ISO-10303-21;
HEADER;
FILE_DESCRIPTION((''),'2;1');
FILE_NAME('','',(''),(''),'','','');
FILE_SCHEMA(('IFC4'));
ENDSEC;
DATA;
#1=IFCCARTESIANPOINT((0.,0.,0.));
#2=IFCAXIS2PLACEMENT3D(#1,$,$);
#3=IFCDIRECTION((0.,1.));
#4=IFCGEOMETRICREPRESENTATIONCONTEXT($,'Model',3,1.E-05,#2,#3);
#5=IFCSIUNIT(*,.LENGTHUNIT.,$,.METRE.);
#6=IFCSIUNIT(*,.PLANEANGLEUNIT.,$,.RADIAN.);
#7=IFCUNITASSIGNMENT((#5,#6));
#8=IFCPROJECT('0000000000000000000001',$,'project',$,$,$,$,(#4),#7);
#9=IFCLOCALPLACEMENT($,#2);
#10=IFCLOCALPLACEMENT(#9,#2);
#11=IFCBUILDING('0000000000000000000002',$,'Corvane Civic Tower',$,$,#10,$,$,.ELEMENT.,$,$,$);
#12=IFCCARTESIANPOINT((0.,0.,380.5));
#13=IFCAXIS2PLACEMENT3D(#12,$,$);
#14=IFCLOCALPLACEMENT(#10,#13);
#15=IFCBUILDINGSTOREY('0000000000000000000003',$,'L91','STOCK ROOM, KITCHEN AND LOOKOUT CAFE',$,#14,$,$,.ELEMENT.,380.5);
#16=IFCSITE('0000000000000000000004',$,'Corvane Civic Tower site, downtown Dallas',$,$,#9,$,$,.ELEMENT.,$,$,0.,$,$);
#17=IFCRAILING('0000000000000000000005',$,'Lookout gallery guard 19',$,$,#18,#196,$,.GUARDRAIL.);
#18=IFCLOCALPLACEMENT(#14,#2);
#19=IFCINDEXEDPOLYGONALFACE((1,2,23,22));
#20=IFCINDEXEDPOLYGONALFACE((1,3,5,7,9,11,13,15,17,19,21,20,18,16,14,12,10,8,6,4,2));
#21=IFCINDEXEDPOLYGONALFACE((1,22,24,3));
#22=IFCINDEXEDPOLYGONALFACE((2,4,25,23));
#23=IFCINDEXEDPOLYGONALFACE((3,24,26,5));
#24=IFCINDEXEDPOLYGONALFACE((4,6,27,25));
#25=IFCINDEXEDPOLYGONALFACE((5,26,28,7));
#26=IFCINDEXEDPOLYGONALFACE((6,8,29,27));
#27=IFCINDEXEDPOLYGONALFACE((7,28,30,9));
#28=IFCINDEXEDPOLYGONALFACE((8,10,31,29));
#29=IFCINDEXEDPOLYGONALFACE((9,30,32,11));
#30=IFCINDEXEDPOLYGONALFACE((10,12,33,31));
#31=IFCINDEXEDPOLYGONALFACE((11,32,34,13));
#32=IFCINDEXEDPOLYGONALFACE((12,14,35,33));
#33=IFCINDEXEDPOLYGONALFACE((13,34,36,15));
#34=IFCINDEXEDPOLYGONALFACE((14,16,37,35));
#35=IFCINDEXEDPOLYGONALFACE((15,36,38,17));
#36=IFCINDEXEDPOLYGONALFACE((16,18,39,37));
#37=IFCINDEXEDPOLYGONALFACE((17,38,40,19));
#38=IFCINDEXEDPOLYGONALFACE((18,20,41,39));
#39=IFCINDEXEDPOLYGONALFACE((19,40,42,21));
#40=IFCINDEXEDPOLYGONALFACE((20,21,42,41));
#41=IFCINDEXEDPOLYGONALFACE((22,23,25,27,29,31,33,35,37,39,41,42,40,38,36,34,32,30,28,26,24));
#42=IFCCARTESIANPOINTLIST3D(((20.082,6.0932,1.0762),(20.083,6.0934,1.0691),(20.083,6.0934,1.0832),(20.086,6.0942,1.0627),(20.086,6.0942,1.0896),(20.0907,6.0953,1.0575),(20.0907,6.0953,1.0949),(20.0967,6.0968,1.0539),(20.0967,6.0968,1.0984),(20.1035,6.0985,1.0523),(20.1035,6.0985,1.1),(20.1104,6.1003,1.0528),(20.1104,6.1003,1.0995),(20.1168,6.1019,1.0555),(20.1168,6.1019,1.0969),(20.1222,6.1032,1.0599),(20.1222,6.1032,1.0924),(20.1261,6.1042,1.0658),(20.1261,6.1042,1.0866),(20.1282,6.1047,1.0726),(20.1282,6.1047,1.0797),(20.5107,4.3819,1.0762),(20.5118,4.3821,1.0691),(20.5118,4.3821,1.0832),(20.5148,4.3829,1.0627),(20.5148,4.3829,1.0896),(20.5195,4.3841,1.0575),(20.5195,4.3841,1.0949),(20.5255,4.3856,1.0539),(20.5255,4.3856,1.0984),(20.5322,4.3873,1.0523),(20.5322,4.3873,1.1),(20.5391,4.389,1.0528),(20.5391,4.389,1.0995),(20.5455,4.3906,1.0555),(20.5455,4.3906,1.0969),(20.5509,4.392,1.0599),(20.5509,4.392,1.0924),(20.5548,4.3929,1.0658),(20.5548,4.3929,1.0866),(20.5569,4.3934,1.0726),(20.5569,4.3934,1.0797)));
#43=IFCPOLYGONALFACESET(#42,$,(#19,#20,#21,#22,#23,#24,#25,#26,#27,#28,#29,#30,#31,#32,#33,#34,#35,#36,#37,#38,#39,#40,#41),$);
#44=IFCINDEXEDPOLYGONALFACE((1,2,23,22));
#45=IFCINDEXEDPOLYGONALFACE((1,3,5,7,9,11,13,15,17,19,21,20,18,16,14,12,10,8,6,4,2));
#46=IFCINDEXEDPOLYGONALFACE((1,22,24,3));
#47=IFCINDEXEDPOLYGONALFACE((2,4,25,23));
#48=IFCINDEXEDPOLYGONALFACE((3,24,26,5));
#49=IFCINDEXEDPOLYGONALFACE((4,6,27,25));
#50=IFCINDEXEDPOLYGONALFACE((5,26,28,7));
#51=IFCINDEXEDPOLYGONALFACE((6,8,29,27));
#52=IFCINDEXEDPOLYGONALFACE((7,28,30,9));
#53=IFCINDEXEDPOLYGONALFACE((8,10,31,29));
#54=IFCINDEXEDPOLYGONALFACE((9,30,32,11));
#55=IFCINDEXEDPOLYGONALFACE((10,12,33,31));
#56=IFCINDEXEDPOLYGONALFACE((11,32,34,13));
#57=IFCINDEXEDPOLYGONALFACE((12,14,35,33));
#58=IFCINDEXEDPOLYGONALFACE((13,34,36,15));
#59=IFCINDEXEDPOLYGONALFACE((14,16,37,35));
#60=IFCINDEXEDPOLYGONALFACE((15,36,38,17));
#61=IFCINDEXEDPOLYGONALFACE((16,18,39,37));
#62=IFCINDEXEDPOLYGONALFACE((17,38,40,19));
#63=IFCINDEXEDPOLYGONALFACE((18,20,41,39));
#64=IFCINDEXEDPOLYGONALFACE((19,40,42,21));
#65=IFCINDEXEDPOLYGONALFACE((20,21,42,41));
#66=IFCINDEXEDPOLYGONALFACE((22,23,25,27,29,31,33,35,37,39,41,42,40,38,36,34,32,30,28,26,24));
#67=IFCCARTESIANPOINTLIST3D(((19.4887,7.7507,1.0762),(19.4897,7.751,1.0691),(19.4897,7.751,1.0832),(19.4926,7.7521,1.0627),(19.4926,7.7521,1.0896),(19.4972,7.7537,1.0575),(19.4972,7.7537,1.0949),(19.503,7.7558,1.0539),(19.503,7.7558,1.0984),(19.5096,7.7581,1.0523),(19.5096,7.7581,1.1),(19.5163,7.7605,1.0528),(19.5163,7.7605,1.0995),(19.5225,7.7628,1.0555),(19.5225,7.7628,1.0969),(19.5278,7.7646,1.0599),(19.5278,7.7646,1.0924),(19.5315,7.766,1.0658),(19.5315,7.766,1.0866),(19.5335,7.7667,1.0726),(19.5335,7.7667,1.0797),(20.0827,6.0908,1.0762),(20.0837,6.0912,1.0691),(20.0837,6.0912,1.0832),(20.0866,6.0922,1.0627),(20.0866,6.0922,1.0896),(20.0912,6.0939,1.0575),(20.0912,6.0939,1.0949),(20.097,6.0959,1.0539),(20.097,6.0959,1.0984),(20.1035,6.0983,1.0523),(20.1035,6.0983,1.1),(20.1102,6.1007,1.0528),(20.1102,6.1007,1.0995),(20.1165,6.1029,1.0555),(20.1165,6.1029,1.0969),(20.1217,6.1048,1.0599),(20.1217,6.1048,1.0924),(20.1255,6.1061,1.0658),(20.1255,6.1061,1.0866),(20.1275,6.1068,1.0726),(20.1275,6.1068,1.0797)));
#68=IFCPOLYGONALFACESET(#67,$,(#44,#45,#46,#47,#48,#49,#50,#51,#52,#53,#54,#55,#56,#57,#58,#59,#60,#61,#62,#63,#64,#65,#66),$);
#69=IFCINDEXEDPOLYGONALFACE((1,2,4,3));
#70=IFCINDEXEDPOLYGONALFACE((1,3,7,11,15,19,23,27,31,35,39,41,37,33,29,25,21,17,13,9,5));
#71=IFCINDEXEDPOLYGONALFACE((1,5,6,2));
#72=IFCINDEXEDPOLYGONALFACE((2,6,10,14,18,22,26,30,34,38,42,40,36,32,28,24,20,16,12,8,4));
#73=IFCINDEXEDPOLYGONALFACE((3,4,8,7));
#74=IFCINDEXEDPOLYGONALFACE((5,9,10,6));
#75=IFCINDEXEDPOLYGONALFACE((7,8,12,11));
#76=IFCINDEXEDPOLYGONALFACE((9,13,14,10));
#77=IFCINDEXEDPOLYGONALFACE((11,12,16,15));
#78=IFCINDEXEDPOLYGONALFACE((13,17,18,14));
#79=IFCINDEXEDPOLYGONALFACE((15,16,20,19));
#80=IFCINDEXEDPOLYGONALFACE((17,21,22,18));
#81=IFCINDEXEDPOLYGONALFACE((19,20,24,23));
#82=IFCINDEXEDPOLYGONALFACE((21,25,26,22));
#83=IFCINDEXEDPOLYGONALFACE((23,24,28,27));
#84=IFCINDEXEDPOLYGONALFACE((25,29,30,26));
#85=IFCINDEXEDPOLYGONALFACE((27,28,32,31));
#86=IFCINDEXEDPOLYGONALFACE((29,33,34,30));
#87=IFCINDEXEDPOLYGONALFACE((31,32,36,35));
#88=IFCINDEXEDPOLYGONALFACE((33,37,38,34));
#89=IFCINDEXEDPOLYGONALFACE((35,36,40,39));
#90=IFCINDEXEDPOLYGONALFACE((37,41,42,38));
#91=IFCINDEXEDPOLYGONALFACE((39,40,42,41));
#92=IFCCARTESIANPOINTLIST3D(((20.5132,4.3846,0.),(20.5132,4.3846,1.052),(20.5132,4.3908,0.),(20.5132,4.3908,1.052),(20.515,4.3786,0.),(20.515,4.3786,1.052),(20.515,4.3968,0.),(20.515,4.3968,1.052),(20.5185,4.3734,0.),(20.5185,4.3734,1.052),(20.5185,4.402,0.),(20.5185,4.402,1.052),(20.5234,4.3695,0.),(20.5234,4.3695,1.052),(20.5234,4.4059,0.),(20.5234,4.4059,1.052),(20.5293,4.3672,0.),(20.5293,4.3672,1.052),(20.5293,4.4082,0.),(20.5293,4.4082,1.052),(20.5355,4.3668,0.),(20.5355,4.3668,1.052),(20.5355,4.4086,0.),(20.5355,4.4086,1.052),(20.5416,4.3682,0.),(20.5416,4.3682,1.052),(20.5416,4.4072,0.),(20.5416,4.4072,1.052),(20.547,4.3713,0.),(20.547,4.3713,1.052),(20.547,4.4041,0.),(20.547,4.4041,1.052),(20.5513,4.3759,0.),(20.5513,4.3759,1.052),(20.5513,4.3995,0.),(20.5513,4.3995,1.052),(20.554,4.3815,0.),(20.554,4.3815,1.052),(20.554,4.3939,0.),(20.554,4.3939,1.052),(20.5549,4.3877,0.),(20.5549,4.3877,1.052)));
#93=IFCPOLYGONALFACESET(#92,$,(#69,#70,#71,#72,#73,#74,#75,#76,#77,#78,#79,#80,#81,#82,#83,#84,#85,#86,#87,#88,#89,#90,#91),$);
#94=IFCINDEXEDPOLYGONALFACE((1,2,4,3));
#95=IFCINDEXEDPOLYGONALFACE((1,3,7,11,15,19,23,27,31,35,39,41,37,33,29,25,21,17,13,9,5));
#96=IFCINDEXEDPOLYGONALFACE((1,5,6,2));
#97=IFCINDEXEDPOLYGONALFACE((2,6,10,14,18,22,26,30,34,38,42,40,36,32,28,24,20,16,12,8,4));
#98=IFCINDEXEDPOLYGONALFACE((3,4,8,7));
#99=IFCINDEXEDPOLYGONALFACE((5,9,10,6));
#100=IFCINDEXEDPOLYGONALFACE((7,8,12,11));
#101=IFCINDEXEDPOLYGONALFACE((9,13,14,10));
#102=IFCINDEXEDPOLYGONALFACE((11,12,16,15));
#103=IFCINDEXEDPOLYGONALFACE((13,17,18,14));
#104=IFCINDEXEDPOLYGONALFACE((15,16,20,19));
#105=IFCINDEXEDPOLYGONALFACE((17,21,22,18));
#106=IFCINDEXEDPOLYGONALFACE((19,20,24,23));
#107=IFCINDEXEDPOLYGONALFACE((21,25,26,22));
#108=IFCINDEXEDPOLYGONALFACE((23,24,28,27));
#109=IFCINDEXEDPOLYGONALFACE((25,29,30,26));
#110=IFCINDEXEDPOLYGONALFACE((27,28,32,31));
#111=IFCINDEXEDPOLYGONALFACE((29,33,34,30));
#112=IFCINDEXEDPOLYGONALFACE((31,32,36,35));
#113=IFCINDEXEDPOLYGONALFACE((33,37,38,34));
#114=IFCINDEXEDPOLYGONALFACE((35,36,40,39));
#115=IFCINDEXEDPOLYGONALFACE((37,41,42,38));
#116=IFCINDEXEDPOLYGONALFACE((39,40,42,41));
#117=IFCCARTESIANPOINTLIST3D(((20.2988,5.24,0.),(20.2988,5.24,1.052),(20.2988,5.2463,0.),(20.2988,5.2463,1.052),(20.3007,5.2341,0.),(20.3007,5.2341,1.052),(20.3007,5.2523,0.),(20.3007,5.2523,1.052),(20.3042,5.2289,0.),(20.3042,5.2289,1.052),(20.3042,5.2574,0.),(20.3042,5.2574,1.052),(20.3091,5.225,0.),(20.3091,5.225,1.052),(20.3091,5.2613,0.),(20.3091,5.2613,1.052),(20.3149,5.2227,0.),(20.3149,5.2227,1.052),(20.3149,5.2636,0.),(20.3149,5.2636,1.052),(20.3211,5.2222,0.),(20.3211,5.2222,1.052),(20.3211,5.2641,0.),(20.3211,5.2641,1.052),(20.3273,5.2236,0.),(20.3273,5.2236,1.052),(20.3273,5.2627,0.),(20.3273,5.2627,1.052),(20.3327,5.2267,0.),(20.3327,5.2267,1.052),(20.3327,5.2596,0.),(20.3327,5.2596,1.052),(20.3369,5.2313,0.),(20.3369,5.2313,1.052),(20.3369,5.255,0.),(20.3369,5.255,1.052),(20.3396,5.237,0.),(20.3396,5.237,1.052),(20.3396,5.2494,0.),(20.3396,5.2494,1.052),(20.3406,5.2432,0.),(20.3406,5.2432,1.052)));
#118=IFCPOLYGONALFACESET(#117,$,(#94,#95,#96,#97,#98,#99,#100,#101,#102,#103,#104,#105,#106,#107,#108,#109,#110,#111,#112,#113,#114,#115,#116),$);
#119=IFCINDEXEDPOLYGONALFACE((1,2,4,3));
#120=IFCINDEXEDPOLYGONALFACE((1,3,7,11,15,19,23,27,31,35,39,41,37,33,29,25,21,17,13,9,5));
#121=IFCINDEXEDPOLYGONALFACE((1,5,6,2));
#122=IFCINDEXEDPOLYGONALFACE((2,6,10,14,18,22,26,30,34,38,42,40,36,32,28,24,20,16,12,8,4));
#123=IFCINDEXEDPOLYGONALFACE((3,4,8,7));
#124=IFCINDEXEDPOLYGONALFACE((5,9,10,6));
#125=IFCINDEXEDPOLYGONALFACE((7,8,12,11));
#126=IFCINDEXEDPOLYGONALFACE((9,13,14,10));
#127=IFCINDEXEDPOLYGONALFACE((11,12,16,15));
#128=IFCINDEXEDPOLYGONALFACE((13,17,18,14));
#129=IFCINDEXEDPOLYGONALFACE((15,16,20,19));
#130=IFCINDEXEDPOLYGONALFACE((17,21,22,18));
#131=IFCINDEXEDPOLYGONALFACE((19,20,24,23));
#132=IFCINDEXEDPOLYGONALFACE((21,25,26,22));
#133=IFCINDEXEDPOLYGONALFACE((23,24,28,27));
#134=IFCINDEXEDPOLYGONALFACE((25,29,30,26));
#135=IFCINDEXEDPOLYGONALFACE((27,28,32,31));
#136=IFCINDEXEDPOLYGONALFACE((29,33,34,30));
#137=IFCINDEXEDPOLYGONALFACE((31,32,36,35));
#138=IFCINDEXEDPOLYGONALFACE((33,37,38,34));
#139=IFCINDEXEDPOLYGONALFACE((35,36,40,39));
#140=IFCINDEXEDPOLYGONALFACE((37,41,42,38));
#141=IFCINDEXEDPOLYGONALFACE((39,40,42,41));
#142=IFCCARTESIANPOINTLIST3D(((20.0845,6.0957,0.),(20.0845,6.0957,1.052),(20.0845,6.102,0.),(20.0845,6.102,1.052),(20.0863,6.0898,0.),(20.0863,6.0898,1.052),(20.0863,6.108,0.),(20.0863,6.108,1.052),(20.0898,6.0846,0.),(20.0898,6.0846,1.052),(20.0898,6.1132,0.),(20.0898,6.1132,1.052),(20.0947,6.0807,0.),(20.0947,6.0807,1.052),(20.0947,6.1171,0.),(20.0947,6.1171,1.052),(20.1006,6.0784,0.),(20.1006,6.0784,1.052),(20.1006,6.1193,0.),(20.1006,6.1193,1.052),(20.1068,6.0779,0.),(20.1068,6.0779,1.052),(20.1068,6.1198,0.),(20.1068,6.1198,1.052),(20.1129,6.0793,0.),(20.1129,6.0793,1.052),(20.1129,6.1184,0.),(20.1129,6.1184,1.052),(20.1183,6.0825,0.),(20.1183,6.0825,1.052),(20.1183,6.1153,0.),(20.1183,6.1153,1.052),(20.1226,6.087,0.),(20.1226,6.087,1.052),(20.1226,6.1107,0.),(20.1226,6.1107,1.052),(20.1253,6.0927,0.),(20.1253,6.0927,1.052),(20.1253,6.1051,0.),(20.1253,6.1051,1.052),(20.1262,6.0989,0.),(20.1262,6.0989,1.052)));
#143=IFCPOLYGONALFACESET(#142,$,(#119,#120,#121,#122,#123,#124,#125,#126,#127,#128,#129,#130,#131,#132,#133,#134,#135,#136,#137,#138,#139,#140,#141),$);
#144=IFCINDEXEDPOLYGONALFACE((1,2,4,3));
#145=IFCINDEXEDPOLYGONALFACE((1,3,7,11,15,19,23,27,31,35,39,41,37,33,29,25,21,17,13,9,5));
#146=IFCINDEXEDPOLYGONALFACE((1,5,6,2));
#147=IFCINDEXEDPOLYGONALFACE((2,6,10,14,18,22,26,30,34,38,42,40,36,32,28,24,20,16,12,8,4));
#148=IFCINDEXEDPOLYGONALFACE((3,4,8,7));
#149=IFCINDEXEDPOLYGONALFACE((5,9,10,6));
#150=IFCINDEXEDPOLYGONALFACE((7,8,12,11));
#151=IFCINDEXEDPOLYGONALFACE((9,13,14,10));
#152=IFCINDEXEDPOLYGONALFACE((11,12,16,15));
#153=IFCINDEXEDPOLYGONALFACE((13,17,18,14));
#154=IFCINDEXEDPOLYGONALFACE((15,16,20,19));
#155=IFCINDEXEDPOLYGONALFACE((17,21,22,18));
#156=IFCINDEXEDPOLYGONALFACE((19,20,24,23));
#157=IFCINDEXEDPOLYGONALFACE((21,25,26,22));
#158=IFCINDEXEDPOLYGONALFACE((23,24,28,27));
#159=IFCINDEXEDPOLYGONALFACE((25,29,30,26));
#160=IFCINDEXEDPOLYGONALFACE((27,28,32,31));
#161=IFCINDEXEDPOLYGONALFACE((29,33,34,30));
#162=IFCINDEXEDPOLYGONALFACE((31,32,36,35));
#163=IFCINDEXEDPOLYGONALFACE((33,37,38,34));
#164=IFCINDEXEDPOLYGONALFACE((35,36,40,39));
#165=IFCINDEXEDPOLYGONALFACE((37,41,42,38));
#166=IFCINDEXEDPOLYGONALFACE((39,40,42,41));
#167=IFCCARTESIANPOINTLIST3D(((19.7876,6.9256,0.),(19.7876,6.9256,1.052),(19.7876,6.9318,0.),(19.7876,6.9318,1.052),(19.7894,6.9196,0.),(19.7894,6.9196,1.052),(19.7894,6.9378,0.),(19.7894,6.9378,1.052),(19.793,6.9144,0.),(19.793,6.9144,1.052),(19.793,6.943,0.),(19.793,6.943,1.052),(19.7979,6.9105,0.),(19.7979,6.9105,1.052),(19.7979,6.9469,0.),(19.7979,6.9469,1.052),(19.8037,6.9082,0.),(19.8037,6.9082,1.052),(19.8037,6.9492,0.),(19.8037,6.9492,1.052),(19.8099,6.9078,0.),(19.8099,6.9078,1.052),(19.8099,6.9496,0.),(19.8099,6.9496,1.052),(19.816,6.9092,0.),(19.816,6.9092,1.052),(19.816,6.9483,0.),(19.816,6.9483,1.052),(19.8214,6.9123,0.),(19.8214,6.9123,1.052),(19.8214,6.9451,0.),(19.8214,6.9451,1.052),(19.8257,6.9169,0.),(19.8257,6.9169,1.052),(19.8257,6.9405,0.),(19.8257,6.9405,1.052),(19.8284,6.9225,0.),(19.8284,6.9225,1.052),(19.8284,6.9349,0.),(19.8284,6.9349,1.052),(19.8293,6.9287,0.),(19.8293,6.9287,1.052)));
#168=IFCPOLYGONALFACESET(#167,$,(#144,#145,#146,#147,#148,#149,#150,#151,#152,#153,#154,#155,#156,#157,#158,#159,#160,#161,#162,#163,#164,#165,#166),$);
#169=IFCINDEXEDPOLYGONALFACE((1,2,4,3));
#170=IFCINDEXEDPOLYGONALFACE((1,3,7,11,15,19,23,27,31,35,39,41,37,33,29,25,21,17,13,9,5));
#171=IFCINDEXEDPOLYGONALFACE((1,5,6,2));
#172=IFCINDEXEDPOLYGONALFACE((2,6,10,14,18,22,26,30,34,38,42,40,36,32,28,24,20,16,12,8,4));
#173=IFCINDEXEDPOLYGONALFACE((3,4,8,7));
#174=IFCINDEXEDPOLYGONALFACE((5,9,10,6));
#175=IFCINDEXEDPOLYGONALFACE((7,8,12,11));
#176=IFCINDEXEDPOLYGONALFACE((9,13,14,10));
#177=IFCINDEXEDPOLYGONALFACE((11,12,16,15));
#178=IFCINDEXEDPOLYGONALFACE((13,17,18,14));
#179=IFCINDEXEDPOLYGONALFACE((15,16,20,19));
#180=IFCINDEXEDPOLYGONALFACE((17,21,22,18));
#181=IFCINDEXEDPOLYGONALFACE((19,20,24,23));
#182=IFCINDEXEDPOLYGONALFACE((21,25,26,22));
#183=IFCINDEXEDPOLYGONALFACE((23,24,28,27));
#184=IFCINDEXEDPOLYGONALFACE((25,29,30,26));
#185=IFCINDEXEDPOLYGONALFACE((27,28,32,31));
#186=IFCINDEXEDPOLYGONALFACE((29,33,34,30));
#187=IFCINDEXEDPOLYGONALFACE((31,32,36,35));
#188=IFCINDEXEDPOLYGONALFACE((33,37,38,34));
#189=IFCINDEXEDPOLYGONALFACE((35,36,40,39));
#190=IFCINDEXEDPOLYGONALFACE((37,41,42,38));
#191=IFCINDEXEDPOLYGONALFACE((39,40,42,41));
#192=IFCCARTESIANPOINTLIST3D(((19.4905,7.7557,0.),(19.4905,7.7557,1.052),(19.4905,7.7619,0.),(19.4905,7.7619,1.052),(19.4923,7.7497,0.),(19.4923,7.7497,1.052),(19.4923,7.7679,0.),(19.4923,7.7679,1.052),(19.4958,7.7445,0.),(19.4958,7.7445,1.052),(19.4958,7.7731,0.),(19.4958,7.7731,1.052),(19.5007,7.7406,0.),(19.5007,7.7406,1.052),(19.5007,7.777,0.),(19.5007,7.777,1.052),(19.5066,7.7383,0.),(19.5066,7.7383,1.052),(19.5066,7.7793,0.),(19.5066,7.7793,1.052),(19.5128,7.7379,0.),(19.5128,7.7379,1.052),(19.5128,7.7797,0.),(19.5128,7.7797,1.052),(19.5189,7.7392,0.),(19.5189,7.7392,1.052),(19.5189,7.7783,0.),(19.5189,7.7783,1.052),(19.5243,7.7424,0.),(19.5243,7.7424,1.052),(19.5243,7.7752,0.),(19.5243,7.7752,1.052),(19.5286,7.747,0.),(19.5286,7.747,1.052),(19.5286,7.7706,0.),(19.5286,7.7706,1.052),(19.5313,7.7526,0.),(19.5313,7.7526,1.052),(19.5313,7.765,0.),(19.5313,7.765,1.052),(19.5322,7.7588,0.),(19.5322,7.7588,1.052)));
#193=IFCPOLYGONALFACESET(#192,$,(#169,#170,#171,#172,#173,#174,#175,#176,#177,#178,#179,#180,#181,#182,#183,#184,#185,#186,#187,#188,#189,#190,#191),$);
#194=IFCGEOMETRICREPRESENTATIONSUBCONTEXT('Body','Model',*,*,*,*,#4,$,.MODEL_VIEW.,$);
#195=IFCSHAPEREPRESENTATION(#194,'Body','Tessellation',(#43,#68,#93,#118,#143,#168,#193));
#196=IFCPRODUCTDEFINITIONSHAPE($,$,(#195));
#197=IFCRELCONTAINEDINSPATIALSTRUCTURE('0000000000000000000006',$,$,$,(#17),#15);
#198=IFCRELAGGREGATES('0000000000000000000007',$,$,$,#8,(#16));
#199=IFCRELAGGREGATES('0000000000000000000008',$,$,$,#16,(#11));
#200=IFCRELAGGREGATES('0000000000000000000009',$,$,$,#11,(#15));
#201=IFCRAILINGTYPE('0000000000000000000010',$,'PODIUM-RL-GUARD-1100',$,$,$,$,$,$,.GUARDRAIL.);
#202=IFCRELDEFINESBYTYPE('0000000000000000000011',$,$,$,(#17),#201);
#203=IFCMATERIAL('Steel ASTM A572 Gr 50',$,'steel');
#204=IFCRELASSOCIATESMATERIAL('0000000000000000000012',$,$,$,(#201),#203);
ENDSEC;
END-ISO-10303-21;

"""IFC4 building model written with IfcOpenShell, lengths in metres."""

from ifc_helpers import new_model, si_unit, direction, frame, origin, origin_2d, place, context, subcontext, project, spatial, circle, extrude, material, type_object, element, save


model = new_model("IFC4")

# Units and contexts
model_context = context("Model", 3, precision=1e-05, world=origin(), true_north=direction((0.0, 1.0)))
body_context = subcontext(model_context, "Body", "Model", "MODEL_VIEW")
ifc_project = project(units=[si_unit("LENGTHUNIT", "METRE"), si_unit("PLANEANGLEUNIT", "RADIAN")], contexts=[model_context])

# Site, building, storey
site_placement = place(None, origin())
site = spatial("IfcSite", under=ifc_project, at=site_placement, Name="Corvane Civic Tower site, downtown Dallas", CompositionType="ELEMENT", RefElevation=0.0)
building_placement = place(site_placement, origin())
building = spatial("IfcBuilding", under=site, at=building_placement, Name="Corvane Civic Tower", CompositionType="ELEMENT")
storey_placement = place(building_placement, frame((0.0, 0.0, 380.5)))
storey = spatial("IfcBuildingStorey", under=building, at=storey_placement, Name="L91", Description="STOCK ROOM, KITCHEN AND LOOKOUT CAFE", CompositionType="ELEMENT", Elevation=380.5)

# Railing
ifc_material_1 = material(Name="Steel ASTM A572 Gr 50", Category="steel")
railing_type = type_object("IfcRailingType", Name="PODIUM-RL-GUARD-1100", PredefinedType="GUARDRAIL", material=ifc_material_1)
railing_1_placement = place(storey_placement, frame((20.5339, 4.3877, 0.0)))
element("IfcRailing", 1, at=railing_1_placement, inside=storey, type_object=railing_type, Name="Lookout gallery guard 19", PredefinedType="GUARDRAIL", context=body_context, shape_type="SweptSolid", body=[
    extrude(circle(Radius=0.0239, at=origin_2d()), frame((0.0, 0.0, 1.0762), z_axis=(-0.243024, 0.97002, 0.0), x_axis=(-0.97002, -0.243024, 0.0)), (0.0, 0.0, 1.0), 1.7642),
    extrude(circle(Radius=0.0239, at=origin_2d()), frame((-0.4287, 1.7112, 1.0762), z_axis=(-0.336924, 0.941532, 0.0), x_axis=(-0.941532, -0.336924, 0.0)), (0.0, 0.0, 1.0), 1.7629),
    extrude(circle(Radius=0.021, at=origin_2d()), origin(), (0.0, 0.0, 1.0), 1.052),
    extrude(circle(Radius=0.021, at=origin_2d()), frame((-0.2144, 0.8555, 0.0)), (0.0, 0.0, 1.0), 1.052),
    extrude(circle(Radius=0.021, at=origin_2d()), frame((-0.4287, 1.7112, 0.0)), (0.0, 0.0, 1.0), 1.052),
    extrude(circle(Radius=0.021, at=origin_2d()), frame((-0.7256, 2.541, 0.0)), (0.0, 0.0, 1.0), 1.052),
    extrude(circle(Radius=0.021, at=origin_2d()), frame((-1.0227, 3.3711, 0.0)), (0.0, 0.0, 1.0), 1.052),
])

save(model, "model.ifc")
